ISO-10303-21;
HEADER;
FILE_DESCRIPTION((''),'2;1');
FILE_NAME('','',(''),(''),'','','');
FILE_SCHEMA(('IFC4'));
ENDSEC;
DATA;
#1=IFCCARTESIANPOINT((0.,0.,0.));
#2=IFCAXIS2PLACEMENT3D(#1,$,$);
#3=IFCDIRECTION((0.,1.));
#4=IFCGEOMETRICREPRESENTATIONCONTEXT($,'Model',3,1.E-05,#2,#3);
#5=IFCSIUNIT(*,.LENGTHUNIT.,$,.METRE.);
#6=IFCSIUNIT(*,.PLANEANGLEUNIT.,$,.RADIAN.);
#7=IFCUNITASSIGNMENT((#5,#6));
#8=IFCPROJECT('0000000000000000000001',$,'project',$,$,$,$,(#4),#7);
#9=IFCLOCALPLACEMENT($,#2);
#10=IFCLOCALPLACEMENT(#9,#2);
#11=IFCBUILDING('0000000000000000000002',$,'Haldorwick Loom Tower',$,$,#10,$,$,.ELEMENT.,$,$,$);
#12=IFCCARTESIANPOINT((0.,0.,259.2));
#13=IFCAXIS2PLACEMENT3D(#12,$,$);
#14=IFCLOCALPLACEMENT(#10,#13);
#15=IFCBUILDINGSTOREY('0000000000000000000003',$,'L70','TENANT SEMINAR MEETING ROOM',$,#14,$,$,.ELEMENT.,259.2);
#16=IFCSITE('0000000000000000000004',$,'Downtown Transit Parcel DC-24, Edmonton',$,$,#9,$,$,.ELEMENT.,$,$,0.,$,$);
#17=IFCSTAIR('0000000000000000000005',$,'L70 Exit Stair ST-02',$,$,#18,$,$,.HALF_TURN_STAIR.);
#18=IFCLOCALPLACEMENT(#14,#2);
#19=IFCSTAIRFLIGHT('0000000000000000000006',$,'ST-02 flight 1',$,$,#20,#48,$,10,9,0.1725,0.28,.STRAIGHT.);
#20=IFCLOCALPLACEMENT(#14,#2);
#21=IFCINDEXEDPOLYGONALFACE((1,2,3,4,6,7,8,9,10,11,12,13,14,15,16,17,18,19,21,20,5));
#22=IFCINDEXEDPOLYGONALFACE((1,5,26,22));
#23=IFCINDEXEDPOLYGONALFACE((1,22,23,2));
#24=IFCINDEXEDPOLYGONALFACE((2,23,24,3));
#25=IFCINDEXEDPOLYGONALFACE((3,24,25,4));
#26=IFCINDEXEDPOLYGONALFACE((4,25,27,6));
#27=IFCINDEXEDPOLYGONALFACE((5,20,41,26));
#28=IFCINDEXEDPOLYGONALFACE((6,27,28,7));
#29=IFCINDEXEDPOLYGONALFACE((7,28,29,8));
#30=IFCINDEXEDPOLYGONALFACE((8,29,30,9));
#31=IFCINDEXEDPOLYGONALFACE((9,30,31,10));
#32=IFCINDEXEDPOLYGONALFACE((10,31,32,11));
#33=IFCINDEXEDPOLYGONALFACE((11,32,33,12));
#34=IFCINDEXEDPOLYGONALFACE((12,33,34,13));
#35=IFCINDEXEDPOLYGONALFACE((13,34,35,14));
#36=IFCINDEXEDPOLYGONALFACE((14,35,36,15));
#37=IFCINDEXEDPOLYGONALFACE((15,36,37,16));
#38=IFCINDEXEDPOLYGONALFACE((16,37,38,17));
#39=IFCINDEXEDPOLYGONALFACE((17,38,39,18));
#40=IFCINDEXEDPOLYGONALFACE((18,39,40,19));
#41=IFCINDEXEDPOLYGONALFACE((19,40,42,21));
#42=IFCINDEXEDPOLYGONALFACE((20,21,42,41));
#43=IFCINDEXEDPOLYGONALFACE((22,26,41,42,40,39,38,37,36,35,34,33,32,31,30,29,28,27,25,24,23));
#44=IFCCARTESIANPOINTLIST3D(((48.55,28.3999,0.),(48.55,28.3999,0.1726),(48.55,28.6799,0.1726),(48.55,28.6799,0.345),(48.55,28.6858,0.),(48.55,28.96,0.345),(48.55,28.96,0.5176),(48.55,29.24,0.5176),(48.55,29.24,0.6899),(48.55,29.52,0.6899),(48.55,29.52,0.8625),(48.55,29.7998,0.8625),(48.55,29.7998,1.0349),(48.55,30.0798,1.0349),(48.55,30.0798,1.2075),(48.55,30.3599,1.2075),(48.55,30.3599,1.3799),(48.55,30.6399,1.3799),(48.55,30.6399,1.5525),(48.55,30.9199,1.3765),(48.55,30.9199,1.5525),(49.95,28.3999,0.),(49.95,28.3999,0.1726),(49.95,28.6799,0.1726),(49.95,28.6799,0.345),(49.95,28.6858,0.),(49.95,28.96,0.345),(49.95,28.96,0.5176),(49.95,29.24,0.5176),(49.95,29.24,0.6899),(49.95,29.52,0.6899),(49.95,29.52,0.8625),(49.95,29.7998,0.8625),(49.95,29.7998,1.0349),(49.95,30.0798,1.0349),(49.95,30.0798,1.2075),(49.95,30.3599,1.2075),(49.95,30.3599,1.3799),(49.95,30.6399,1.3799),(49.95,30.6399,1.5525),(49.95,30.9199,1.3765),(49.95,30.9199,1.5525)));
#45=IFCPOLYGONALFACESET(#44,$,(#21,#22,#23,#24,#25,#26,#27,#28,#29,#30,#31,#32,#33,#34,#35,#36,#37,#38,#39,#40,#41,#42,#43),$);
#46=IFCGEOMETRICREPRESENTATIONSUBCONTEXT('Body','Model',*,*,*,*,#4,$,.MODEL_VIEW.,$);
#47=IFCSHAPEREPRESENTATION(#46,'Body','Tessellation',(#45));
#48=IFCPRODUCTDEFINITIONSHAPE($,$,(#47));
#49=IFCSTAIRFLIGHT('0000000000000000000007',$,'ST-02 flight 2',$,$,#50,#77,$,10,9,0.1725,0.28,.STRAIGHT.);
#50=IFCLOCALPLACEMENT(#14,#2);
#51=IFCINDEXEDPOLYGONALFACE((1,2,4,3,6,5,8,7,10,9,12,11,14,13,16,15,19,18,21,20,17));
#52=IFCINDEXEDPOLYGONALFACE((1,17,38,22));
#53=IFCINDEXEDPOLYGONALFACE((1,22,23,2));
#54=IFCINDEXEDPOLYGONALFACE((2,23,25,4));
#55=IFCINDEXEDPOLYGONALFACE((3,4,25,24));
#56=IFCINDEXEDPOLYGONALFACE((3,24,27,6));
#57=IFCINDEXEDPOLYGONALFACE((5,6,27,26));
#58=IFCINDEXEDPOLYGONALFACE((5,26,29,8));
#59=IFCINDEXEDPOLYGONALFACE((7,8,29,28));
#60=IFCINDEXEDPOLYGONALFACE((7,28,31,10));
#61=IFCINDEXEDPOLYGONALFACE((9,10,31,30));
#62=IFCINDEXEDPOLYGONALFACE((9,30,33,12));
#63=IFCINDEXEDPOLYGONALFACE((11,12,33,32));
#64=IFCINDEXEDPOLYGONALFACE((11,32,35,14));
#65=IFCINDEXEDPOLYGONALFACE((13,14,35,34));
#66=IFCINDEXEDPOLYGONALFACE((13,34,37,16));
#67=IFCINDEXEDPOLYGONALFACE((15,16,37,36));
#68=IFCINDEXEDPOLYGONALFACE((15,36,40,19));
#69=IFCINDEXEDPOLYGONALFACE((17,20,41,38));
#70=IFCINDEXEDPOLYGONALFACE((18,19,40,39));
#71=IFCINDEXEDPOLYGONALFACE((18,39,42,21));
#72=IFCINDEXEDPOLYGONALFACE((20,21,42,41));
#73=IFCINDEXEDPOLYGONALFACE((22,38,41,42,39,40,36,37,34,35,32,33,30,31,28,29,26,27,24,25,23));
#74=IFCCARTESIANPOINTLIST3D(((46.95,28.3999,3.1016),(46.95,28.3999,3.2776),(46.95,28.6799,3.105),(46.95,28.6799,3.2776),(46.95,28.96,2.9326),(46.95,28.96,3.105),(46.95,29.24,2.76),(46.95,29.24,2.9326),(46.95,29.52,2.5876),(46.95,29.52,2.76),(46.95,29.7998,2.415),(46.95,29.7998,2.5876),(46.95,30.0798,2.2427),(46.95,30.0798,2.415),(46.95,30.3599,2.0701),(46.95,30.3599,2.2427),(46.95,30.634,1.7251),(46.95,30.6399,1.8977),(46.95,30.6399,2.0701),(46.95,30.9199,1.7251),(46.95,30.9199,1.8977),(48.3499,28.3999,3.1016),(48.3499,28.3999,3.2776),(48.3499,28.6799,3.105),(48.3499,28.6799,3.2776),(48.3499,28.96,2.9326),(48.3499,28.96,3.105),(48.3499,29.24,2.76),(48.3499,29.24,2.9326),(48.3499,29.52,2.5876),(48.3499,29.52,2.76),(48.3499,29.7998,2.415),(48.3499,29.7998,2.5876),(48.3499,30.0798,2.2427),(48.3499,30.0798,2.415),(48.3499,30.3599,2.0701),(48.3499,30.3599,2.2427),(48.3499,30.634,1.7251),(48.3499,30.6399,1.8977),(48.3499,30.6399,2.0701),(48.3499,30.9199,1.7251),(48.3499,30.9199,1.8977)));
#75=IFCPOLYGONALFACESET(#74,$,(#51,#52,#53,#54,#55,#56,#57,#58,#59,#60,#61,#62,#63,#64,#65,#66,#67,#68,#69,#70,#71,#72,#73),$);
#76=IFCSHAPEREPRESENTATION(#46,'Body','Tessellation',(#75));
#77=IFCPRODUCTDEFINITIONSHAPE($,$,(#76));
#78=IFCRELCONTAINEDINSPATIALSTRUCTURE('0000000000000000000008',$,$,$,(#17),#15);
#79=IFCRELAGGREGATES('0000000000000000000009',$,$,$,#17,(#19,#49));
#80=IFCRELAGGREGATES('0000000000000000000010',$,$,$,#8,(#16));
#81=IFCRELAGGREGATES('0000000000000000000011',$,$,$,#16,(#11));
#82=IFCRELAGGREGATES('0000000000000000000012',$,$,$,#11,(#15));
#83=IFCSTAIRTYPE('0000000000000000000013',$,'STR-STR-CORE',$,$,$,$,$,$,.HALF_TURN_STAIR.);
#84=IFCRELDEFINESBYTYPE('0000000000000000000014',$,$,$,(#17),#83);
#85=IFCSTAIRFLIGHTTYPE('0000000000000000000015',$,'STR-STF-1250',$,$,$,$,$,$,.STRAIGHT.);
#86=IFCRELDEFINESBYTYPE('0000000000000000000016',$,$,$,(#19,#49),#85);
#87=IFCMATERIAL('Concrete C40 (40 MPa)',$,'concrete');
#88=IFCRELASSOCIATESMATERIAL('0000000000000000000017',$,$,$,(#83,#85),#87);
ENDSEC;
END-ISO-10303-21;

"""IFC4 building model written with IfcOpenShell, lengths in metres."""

from ifc_helpers import new_model, si_unit, direction, frame, origin, place, context, subcontext, project, spatial, polyline, outline, extrude, material, type_object, element, aggregate, save


model = new_model("IFC4")

# Units and contexts
model_context = context("Model", 3, precision=1e-05, world=origin(), true_north=direction((0.0, 1.0)))
body_context = subcontext(model_context, "Body", "Model", "MODEL_VIEW")
ifc_project = project(units=[si_unit("LENGTHUNIT", "METRE"), si_unit("PLANEANGLEUNIT", "RADIAN")], contexts=[model_context])

# Site, building, storey
site_placement = place(None, origin())
site = spatial("IfcSite", under=ifc_project, at=site_placement, Name="Downtown Transit Parcel DC-24, Edmonton", CompositionType="ELEMENT", RefElevation=0.0)
building_placement = place(site_placement, origin())
building = spatial("IfcBuilding", under=site, at=building_placement, Name="Haldorwick Loom Tower", CompositionType="ELEMENT")
storey_placement = place(building_placement, frame((0.0, 0.0, 259.2)))
storey = spatial("IfcBuildingStorey", under=building, at=storey_placement, Name="L70", Description="TENANT SEMINAR MEETING ROOM", CompositionType="ELEMENT", Elevation=259.2)

# Stair, stair flights
ifc_material_1 = material(Name="Concrete C40 (40 MPa)", Category="concrete")
stair_type = type_object("IfcStairType", Name="STR-STR-CORE", PredefinedType="HALF_TURN_STAIR", material=ifc_material_1)
stair_placement = place(storey_placement, origin())
stair = element("IfcStair", 1, at=stair_placement, inside=storey, type_object=stair_type, Name="L70 Exit Stair ST-02", PredefinedType="HALF_TURN_STAIR")
stair_flight_type = type_object("IfcStairFlightType", Name="STR-STF-1250", PredefinedType="STRAIGHT", material=ifc_material_1)
stair_flight_1_placement = place(storey_placement, frame((49.25, 28.3999, 0.0), z_axis=(0.0, 0.0, 1.0), x_axis=(0.0, 1.0, 0.0)))
stair_flight_1 = element("IfcStairFlight", 2, at=stair_flight_1_placement, type_object=stair_flight_type, Name="ST-02 flight 1", NumberOfRisers=10, NumberOfTreads=9, PredefinedType="STRAIGHT", RiserHeight=0.1725, TreadLength=0.28, context=body_context, shape_type="SweptSolid", body=[
    extrude(outline(polyline([(0.0, 0.0), (0.0, 0.1726), (0.28, 0.1726), (0.28, 0.345), (0.5601, 0.345), (0.5601, 0.5176), (0.8401, 0.5176), (0.8401, 0.6899), (1.1201, 0.6899), (1.1201, 0.8625), (1.3999, 0.8625), (1.3999, 1.0349), (1.6799, 1.0349), (1.6799, 1.2075), (1.96, 1.2075), (1.96, 1.3799), (2.24, 1.3799), (2.24, 1.5525), (2.52, 1.5525), (2.52, 1.7251), (2.52, 1.3765), (0.2859, 0.0), (0.0, 0.0)])), frame((0.0, 0.7, 0.0), z_axis=(0.0, -1.0, 0.0), x_axis=(1.0, 0.0, 0.0)), (0.0, 0.0, 1.0), 1.3999),
])
stair_flight_2_placement = place(storey_placement, frame((47.6499, 30.9199, 1.7251), z_axis=(0.0, 0.0, 1.0), x_axis=(0.0, -1.0, 0.0)))
stair_flight_2 = element("IfcStairFlight", 3, at=stair_flight_2_placement, type_object=stair_flight_type, Name="ST-02 flight 2", NumberOfRisers=10, NumberOfTreads=9, PredefinedType="STRAIGHT", RiserHeight=0.1725, TreadLength=0.28, context=body_context, shape_type="SweptSolid", body=[
    extrude(outline(polyline([(0.0, 0.0), (0.0, 0.1726), (0.28, 0.1726), (0.28, 0.345), (0.5601, 0.345), (0.5601, 0.5176), (0.8401, 0.5176), (0.8401, 0.6899), (1.1201, 0.6899), (1.1201, 0.8625), (1.3999, 0.8625), (1.3999, 1.0349), (1.6799, 1.0349), (1.6799, 1.2075), (1.96, 1.2075), (1.96, 1.3799), (2.24, 1.3799), (2.24, 1.5525), (2.52, 1.5525), (2.52, 1.7251), (2.52, 1.3765), (0.2859, 0.0), (0.0, 0.0)])), frame((0.0, 0.7, 0.0), z_axis=(0.0, -1.0, 0.0), x_axis=(1.0, 0.0, 0.0)), (0.0, 0.0, 1.0), 1.3999),
])
aggregate(stair, [stair_flight_1, stair_flight_2])

save(model, "model.ifc")
